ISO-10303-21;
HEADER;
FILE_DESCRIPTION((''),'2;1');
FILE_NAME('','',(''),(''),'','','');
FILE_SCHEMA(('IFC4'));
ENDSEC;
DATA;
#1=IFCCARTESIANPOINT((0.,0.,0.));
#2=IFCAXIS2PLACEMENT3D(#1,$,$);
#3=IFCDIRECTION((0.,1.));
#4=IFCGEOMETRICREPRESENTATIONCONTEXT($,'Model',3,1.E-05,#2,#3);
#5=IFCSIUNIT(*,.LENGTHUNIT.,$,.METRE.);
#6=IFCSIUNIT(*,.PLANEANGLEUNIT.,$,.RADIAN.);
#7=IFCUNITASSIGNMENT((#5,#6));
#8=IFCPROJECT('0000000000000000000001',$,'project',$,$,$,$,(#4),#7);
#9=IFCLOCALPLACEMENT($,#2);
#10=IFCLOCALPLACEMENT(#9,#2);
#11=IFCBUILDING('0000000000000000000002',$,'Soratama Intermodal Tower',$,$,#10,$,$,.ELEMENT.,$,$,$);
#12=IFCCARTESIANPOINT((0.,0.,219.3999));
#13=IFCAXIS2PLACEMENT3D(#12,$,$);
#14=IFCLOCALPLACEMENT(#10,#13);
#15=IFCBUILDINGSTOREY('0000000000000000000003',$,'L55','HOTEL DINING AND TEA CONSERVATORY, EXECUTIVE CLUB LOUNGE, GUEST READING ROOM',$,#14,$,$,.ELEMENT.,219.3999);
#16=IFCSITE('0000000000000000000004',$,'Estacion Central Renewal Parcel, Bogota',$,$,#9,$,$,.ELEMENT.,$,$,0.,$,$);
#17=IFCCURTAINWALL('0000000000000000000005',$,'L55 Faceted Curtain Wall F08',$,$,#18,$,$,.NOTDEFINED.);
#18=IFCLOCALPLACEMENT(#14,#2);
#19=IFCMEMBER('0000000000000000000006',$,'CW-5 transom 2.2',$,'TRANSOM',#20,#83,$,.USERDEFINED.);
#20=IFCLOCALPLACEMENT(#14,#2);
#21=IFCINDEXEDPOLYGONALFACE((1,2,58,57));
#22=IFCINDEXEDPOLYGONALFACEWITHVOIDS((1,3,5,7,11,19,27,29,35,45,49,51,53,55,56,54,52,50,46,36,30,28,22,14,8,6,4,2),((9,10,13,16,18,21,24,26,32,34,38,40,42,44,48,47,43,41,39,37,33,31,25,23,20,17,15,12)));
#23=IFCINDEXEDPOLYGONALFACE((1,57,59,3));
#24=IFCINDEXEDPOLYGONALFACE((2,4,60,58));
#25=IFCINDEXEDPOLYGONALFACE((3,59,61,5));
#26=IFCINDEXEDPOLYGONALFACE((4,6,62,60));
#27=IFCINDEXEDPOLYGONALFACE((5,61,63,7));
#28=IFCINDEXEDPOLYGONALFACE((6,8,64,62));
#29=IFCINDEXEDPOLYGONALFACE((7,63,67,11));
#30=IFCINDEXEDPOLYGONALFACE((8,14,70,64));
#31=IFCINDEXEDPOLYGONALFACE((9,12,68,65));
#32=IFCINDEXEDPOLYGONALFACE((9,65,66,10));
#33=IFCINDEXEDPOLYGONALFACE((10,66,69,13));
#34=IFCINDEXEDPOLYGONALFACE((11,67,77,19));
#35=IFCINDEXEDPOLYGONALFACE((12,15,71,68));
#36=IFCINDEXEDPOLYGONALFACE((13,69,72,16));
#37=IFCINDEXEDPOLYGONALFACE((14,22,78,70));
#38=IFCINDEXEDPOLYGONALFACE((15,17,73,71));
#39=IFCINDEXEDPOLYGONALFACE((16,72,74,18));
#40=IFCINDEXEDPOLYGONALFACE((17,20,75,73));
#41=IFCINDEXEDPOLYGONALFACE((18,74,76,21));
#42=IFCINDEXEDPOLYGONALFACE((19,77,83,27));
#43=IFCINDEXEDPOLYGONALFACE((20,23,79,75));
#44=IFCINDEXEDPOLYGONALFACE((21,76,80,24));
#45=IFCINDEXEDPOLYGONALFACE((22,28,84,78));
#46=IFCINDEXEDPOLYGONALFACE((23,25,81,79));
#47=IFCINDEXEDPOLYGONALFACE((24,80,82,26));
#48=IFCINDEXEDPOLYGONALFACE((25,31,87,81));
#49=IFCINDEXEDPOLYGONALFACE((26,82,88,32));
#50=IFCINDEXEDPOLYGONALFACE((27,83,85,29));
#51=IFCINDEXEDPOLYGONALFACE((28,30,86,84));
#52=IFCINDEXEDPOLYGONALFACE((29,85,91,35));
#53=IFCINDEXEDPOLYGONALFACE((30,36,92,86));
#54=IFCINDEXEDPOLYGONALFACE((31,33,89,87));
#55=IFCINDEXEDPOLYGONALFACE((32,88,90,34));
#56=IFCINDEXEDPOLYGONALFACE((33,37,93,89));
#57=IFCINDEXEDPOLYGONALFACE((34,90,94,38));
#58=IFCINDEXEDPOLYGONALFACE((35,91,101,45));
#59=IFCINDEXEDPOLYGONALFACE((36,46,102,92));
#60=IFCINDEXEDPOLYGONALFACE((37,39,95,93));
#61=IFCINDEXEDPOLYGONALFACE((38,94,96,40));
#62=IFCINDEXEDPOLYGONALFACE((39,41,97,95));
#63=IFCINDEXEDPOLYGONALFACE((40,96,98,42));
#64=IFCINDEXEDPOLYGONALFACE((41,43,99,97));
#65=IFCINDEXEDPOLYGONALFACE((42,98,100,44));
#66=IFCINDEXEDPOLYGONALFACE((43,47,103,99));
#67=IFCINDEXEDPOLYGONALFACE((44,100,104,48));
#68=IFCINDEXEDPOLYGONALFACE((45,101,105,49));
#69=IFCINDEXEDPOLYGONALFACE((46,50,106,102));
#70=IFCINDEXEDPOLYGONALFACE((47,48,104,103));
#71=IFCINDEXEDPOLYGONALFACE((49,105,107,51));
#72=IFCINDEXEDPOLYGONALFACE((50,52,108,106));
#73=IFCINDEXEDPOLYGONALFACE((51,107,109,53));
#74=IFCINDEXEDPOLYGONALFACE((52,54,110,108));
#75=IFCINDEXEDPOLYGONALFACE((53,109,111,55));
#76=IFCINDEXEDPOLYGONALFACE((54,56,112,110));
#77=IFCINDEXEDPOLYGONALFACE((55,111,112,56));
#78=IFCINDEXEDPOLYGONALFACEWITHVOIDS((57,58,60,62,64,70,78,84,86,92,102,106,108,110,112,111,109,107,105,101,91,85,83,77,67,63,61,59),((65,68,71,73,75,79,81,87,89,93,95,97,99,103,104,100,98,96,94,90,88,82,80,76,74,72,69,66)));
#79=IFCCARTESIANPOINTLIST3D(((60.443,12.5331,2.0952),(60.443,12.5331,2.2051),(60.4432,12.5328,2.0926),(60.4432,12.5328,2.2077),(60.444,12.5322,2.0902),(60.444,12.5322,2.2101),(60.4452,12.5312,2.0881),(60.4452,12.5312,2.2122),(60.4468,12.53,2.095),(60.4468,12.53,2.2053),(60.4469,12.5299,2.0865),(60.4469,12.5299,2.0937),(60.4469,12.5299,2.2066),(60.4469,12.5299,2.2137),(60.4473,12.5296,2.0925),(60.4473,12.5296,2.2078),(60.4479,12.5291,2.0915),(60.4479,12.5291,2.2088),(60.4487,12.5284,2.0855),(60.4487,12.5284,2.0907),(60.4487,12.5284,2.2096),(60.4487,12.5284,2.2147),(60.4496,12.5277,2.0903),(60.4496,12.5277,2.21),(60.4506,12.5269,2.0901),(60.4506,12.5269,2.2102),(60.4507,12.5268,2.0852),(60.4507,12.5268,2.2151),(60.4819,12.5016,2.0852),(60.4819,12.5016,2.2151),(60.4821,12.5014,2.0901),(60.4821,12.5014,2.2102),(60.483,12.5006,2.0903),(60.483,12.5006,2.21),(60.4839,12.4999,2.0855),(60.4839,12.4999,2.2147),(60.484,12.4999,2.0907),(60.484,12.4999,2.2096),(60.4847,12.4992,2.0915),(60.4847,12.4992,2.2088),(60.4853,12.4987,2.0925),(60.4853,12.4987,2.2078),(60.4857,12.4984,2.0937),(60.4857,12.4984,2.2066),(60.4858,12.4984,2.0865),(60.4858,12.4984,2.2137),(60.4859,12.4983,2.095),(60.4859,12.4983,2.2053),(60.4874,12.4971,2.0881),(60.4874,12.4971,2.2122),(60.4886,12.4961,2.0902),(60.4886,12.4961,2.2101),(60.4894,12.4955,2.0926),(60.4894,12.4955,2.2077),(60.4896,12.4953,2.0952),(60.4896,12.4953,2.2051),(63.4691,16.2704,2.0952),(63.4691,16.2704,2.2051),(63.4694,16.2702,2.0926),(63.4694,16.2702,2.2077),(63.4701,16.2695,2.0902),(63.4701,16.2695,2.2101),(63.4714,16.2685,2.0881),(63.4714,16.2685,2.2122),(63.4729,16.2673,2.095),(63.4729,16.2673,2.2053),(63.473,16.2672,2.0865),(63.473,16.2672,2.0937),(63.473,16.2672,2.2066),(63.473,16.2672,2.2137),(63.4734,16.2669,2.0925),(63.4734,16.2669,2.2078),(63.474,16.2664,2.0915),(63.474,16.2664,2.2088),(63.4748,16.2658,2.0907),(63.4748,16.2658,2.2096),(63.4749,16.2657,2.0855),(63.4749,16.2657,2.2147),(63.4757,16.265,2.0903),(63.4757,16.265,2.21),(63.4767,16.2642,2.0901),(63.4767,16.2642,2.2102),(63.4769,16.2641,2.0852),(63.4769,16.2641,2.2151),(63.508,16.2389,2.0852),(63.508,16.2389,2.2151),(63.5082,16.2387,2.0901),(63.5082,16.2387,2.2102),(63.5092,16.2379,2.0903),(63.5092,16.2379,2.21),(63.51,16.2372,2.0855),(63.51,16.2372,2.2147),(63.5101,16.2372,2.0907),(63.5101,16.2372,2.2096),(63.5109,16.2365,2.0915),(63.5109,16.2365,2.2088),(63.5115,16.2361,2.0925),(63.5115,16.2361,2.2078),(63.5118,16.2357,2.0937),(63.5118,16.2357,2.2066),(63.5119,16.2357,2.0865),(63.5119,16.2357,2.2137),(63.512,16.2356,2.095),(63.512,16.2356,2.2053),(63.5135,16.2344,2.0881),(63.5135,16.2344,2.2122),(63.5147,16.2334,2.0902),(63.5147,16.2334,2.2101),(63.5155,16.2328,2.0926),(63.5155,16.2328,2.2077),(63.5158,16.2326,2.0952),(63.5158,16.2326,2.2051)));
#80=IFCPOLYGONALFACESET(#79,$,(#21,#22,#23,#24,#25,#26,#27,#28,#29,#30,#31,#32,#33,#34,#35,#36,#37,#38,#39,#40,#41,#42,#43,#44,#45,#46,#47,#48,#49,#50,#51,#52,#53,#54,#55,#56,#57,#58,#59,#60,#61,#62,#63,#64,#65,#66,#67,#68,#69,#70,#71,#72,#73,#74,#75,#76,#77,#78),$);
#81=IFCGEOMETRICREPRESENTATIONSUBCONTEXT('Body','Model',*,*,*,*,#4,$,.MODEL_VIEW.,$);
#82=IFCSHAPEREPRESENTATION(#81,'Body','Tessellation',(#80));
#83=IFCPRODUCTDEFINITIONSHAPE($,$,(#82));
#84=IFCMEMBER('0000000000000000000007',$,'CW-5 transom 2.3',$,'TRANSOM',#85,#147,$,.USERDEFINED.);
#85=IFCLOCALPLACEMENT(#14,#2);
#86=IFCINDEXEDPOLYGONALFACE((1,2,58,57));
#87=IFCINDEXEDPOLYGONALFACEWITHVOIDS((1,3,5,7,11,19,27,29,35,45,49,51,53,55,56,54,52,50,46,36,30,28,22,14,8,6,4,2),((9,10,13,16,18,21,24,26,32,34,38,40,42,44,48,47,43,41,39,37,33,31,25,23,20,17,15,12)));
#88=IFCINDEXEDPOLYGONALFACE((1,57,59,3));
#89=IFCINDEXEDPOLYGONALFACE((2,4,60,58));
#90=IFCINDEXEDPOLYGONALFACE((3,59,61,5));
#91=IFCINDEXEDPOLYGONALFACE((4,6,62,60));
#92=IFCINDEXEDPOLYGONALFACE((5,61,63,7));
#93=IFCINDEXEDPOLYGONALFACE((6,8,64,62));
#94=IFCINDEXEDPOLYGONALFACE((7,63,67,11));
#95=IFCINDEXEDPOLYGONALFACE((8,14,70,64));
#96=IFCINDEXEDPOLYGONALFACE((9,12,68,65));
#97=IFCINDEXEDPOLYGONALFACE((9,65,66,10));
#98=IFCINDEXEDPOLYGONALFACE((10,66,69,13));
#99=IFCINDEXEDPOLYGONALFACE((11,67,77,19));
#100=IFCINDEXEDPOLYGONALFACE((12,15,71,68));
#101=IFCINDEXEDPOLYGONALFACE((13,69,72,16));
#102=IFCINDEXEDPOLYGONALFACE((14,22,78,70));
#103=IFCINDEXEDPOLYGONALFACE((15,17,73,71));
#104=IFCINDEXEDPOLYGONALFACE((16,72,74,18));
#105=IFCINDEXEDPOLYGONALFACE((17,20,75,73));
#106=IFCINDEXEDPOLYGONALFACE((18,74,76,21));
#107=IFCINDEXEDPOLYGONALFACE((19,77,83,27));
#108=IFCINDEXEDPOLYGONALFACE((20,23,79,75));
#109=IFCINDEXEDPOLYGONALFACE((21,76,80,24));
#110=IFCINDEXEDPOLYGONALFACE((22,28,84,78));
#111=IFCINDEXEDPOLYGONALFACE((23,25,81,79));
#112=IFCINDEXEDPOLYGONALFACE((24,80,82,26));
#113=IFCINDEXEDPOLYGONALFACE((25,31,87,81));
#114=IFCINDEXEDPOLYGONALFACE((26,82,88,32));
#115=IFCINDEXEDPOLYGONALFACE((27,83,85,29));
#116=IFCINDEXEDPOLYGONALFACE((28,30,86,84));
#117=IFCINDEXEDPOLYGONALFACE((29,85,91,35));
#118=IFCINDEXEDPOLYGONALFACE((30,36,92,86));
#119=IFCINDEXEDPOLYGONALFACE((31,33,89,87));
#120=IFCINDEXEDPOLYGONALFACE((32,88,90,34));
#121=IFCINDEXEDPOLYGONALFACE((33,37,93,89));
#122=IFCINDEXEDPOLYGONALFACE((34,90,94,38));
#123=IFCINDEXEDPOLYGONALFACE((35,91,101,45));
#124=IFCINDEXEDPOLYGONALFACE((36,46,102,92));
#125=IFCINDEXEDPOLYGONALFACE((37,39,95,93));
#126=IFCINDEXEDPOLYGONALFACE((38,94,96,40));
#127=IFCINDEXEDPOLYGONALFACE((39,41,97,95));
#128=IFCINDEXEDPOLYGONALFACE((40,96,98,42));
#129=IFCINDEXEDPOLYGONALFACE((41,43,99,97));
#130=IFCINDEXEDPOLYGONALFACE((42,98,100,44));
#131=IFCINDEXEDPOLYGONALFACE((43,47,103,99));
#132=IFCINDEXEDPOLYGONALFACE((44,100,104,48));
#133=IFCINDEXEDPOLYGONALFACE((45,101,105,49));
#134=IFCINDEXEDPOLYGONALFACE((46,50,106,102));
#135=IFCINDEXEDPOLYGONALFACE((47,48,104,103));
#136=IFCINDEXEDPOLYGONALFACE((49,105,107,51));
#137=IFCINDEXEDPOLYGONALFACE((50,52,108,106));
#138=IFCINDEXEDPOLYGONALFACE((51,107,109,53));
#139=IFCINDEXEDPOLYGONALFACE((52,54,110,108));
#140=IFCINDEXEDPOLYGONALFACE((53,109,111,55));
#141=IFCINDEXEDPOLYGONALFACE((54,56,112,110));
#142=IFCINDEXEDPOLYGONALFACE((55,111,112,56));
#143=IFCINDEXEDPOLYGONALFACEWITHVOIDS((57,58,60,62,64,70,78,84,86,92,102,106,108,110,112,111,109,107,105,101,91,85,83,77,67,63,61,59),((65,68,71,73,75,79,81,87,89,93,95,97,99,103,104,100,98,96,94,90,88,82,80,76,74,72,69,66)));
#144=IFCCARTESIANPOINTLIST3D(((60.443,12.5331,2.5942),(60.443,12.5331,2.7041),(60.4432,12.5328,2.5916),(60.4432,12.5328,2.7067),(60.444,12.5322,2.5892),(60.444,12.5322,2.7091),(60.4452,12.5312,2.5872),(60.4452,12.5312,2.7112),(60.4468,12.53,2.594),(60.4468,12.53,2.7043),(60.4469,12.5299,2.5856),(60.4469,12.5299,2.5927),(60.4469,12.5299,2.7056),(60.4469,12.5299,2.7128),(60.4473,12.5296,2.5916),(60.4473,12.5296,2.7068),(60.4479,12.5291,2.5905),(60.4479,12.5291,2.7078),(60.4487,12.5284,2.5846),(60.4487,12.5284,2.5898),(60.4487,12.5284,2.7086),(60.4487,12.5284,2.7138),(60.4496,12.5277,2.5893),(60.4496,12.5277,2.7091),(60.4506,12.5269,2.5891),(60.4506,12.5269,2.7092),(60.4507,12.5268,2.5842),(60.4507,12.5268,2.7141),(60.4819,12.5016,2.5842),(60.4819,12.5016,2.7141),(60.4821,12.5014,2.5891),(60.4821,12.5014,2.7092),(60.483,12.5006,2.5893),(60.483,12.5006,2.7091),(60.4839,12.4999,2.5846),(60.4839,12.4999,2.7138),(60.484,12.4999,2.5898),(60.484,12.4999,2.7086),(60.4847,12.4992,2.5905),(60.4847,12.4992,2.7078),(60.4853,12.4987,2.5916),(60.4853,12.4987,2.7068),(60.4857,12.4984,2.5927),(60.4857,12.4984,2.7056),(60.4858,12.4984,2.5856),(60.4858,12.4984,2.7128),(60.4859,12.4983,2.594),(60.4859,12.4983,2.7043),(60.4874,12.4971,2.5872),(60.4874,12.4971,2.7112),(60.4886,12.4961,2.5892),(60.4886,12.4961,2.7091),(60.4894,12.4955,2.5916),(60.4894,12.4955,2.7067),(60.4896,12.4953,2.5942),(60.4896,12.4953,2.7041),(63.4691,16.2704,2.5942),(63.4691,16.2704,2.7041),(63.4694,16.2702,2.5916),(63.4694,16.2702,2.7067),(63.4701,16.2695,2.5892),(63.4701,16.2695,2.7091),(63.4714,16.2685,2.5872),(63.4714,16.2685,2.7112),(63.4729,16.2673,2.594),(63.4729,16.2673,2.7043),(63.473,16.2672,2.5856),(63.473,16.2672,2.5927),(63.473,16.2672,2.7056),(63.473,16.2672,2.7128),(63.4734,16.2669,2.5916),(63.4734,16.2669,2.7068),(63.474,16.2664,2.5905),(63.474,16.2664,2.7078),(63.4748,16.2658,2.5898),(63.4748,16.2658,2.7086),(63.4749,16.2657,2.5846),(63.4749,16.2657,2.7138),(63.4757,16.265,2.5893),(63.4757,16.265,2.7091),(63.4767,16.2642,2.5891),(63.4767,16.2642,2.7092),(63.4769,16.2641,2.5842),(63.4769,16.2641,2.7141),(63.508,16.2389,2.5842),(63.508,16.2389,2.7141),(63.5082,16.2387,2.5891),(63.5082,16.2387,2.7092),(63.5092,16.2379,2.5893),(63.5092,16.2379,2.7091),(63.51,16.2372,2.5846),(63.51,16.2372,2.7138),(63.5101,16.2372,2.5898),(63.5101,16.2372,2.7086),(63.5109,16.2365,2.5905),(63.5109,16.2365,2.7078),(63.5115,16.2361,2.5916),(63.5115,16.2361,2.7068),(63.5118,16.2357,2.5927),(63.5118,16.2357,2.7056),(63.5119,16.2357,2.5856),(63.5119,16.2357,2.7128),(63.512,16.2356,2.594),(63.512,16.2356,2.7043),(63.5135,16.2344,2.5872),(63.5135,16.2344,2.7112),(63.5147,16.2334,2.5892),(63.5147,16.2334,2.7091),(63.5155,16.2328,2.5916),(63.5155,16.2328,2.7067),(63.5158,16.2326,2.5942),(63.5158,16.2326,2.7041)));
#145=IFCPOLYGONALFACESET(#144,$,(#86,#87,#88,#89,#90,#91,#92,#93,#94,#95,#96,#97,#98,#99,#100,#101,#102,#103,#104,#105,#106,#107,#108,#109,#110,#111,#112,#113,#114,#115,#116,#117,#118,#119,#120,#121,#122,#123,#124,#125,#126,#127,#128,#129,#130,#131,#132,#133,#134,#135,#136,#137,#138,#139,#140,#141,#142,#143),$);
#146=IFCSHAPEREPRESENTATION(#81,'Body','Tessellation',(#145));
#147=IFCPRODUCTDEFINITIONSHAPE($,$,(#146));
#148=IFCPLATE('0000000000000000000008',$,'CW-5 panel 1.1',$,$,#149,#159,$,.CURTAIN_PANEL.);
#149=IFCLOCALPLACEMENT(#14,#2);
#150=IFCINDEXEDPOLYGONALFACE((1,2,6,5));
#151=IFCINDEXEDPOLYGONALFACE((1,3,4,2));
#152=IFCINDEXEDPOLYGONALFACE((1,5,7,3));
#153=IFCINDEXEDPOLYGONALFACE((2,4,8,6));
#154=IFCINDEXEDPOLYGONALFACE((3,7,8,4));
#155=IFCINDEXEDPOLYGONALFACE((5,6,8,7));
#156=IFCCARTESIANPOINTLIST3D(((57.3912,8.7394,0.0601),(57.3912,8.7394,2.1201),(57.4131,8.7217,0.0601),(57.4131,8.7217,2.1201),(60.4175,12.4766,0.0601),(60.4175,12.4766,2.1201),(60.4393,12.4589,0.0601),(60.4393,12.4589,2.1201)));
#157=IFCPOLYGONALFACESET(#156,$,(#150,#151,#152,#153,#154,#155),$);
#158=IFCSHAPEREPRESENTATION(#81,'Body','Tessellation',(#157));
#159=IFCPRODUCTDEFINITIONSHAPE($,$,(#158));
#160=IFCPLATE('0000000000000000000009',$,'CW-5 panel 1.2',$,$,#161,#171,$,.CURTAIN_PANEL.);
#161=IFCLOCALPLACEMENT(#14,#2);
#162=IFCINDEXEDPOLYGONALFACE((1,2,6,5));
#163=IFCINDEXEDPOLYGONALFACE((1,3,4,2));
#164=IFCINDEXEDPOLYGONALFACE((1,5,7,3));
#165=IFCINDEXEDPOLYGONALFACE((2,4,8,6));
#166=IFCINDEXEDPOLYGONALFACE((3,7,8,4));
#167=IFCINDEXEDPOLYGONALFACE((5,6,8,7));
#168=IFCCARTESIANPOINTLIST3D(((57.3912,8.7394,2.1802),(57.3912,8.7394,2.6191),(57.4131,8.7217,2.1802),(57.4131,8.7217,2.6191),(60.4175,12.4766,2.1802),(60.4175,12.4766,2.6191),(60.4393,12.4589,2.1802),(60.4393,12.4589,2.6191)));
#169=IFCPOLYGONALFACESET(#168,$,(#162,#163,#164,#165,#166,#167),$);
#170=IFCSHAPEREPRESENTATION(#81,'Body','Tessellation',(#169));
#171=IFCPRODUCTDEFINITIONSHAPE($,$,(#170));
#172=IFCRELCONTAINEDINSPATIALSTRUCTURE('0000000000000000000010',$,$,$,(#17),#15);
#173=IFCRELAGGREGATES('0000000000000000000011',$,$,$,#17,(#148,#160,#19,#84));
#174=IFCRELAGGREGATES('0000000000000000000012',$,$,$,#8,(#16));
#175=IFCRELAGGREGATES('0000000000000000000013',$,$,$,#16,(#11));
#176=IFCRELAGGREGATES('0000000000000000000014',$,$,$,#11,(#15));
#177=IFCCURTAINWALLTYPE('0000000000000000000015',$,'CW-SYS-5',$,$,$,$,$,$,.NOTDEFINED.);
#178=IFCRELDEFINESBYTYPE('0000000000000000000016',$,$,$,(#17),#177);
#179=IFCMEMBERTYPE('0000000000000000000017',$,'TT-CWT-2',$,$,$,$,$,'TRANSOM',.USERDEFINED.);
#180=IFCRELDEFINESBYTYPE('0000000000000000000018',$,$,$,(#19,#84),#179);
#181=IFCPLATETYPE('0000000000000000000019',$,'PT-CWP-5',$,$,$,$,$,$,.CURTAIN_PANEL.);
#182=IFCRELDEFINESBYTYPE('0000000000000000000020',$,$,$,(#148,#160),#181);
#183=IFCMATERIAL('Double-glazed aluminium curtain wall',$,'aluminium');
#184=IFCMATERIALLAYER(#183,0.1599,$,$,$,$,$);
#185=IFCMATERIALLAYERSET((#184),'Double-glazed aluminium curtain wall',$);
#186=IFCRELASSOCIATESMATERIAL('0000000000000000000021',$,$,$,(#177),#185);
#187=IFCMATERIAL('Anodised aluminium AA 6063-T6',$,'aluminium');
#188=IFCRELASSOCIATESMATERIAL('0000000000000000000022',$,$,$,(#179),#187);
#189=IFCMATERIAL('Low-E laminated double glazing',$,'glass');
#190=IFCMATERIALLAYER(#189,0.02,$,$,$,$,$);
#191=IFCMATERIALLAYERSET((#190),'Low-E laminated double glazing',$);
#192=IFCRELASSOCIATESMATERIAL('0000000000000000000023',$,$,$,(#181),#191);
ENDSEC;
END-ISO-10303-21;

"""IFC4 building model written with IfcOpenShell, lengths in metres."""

from ifc_helpers import new_model, si_unit, direction, frame, origin, origin_2d, place, context, subcontext, project, spatial, rectangle, hollow_rectangle, extrude, material, layer, layer_set, material_profile, profile_set, type_object, element, aggregate, save


model = new_model("IFC4")

# Units and contexts
model_context = context("Model", 3, precision=1e-05, world=origin(), true_north=direction((0.0, 1.0)))
body_context = subcontext(model_context, "Body", "Model", "MODEL_VIEW")
ifc_project = project(units=[si_unit("LENGTHUNIT", "METRE"), si_unit("PLANEANGLEUNIT", "RADIAN")], contexts=[model_context])

# Site, building, storey
site_placement = place(None, origin())
site = spatial("IfcSite", under=ifc_project, at=site_placement, Name="Estacion Central Renewal Parcel, Bogota", CompositionType="ELEMENT", RefElevation=0.0)
building_placement = place(site_placement, origin())
building = spatial("IfcBuilding", under=site, at=building_placement, Name="Soratama Intermodal Tower", CompositionType="ELEMENT")
storey_placement = place(building_placement, frame((0.0, 0.0, 219.3999)))
storey = spatial("IfcBuildingStorey", under=building, at=storey_placement, Name="L55", Description="HOTEL DINING AND TEA CONSERVATORY, EXECUTIVE CLUB LOUNGE, GUEST READING ROOM", CompositionType="ELEMENT", Elevation=219.3999)

# Curtain wall, members, plates
ifc_material_1 = material(Name="Double-glazed aluminium curtain wall", Category="aluminium")
ifc_layer_1 = layer(ifc_material_1, 0.1599)
ifc_layer_set_1 = layer_set([ifc_layer_1], Name="Double-glazed aluminium curtain wall")
curtain_wall_type = type_object("IfcCurtainWallType", Name="CW-SYS-5", PredefinedType="NOTDEFINED", material=ifc_layer_set_1)
curtain_wall_placement = place(storey_placement, origin())
curtain_wall = element("IfcCurtainWall", 1, at=curtain_wall_placement, inside=storey, type_object=curtain_wall_type, Name="L55 Faceted Curtain Wall F08", PredefinedType="NOTDEFINED")
ifc_material_2 = material(Name="Anodised aluminium AA 6063-T6", Category="aluminium")
ifc_material_profile_1 = material_profile(ifc_material_2, hollow_rectangle(XDim=0.0601, YDim=0.1299, WallThickness=0.0049, InnerFilletRadius=0.0049, OuterFilletRadius=0.01, at=origin_2d()), Name="CWT130X60X5")
ifc_profile_set_1 = profile_set([ifc_material_profile_1], Name="Anodised aluminium AA 6063-T6")
member_type_1 = type_object("IfcMemberType", Name="TT-CWT-2", ElementType="TRANSOM", PredefinedType="USERDEFINED", material=ifc_profile_set_1)
member_1_placement = place(storey_placement, frame((60.4663, 12.5142, 2.1501), z_axis=(0.629284, 0.777175, 0.0), x_axis=(-0.777175, 0.629284, 0.0)))
member_1 = element("IfcMember", 2, at=member_1_placement, type_object=member_type_1, Name="CW-5 transom 2.2", ObjectType="TRANSOM", PredefinedType="USERDEFINED", context=body_context, shape_type="SweptSolid", body=[
    extrude(hollow_rectangle(XDim=0.0601, YDim=0.1299, WallThickness=0.0049, InnerFilletRadius=0.0049, OuterFilletRadius=0.01, at=origin_2d()), origin(), (0.0, 0.0, 1.0), 4.8088),
])
member_2_placement = place(storey_placement, frame((60.4663, 12.5142, 2.6492), z_axis=(0.629284, 0.777175, 0.0), x_axis=(-0.777175, 0.629284, 0.0)))
member_2 = element("IfcMember", 3, at=member_2_placement, type_object=member_type_1, Name="CW-5 transom 2.3", ObjectType="TRANSOM", PredefinedType="USERDEFINED", context=body_context, shape_type="SweptSolid", body=[
    extrude(hollow_rectangle(XDim=0.0601, YDim=0.1299, WallThickness=0.0049, InnerFilletRadius=0.0049, OuterFilletRadius=0.01, at=origin_2d()), origin(), (0.0, 0.0, 1.0), 4.8088),
])
ifc_material_3 = material(Name="Low-E laminated double glazing", Category="glass")
ifc_layer_2 = layer(ifc_material_3, 0.02)
ifc_layer_set_2 = layer_set([ifc_layer_2], Name="Low-E laminated double glazing")
plate_type = type_object("IfcPlateType", Name="PT-CWP-5", PredefinedType="CURTAIN_PANEL", material=ifc_layer_set_2)
plate_1_placement = place(storey_placement, frame((58.9153, 10.5991, 0.0601), z_axis=(0.0, 0.0, 1.0), x_axis=(0.629312, 0.777153, 0.0)))
plate_1 = element("IfcPlate", 4, at=plate_1_placement, type_object=plate_type, Name="CW-5 panel 1.1", PredefinedType="CURTAIN_PANEL", context=body_context, shape_type="SweptSolid", body=[
    extrude(rectangle(XDim=4.8088, YDim=0.0281, at=origin_2d()), origin(), (0.0, 0.0, 1.0), 2.0601),
])
plate_2_placement = place(storey_placement, frame((58.9153, 10.5991, 2.1802), z_axis=(0.0, 0.0, 1.0), x_axis=(0.629312, 0.777153, 0.0)))
plate_2 = element("IfcPlate", 5, at=plate_2_placement, type_object=plate_type, Name="CW-5 panel 1.2", PredefinedType="CURTAIN_PANEL", context=body_context, shape_type="SweptSolid", body=[
    extrude(rectangle(XDim=4.8088, YDim=0.0281, at=origin_2d()), origin(), (0.0, 0.0, 1.0), 0.439),
])
aggregate(curtain_wall, [plate_1, plate_2, member_1, member_2])

save(model, "model.ifc")
